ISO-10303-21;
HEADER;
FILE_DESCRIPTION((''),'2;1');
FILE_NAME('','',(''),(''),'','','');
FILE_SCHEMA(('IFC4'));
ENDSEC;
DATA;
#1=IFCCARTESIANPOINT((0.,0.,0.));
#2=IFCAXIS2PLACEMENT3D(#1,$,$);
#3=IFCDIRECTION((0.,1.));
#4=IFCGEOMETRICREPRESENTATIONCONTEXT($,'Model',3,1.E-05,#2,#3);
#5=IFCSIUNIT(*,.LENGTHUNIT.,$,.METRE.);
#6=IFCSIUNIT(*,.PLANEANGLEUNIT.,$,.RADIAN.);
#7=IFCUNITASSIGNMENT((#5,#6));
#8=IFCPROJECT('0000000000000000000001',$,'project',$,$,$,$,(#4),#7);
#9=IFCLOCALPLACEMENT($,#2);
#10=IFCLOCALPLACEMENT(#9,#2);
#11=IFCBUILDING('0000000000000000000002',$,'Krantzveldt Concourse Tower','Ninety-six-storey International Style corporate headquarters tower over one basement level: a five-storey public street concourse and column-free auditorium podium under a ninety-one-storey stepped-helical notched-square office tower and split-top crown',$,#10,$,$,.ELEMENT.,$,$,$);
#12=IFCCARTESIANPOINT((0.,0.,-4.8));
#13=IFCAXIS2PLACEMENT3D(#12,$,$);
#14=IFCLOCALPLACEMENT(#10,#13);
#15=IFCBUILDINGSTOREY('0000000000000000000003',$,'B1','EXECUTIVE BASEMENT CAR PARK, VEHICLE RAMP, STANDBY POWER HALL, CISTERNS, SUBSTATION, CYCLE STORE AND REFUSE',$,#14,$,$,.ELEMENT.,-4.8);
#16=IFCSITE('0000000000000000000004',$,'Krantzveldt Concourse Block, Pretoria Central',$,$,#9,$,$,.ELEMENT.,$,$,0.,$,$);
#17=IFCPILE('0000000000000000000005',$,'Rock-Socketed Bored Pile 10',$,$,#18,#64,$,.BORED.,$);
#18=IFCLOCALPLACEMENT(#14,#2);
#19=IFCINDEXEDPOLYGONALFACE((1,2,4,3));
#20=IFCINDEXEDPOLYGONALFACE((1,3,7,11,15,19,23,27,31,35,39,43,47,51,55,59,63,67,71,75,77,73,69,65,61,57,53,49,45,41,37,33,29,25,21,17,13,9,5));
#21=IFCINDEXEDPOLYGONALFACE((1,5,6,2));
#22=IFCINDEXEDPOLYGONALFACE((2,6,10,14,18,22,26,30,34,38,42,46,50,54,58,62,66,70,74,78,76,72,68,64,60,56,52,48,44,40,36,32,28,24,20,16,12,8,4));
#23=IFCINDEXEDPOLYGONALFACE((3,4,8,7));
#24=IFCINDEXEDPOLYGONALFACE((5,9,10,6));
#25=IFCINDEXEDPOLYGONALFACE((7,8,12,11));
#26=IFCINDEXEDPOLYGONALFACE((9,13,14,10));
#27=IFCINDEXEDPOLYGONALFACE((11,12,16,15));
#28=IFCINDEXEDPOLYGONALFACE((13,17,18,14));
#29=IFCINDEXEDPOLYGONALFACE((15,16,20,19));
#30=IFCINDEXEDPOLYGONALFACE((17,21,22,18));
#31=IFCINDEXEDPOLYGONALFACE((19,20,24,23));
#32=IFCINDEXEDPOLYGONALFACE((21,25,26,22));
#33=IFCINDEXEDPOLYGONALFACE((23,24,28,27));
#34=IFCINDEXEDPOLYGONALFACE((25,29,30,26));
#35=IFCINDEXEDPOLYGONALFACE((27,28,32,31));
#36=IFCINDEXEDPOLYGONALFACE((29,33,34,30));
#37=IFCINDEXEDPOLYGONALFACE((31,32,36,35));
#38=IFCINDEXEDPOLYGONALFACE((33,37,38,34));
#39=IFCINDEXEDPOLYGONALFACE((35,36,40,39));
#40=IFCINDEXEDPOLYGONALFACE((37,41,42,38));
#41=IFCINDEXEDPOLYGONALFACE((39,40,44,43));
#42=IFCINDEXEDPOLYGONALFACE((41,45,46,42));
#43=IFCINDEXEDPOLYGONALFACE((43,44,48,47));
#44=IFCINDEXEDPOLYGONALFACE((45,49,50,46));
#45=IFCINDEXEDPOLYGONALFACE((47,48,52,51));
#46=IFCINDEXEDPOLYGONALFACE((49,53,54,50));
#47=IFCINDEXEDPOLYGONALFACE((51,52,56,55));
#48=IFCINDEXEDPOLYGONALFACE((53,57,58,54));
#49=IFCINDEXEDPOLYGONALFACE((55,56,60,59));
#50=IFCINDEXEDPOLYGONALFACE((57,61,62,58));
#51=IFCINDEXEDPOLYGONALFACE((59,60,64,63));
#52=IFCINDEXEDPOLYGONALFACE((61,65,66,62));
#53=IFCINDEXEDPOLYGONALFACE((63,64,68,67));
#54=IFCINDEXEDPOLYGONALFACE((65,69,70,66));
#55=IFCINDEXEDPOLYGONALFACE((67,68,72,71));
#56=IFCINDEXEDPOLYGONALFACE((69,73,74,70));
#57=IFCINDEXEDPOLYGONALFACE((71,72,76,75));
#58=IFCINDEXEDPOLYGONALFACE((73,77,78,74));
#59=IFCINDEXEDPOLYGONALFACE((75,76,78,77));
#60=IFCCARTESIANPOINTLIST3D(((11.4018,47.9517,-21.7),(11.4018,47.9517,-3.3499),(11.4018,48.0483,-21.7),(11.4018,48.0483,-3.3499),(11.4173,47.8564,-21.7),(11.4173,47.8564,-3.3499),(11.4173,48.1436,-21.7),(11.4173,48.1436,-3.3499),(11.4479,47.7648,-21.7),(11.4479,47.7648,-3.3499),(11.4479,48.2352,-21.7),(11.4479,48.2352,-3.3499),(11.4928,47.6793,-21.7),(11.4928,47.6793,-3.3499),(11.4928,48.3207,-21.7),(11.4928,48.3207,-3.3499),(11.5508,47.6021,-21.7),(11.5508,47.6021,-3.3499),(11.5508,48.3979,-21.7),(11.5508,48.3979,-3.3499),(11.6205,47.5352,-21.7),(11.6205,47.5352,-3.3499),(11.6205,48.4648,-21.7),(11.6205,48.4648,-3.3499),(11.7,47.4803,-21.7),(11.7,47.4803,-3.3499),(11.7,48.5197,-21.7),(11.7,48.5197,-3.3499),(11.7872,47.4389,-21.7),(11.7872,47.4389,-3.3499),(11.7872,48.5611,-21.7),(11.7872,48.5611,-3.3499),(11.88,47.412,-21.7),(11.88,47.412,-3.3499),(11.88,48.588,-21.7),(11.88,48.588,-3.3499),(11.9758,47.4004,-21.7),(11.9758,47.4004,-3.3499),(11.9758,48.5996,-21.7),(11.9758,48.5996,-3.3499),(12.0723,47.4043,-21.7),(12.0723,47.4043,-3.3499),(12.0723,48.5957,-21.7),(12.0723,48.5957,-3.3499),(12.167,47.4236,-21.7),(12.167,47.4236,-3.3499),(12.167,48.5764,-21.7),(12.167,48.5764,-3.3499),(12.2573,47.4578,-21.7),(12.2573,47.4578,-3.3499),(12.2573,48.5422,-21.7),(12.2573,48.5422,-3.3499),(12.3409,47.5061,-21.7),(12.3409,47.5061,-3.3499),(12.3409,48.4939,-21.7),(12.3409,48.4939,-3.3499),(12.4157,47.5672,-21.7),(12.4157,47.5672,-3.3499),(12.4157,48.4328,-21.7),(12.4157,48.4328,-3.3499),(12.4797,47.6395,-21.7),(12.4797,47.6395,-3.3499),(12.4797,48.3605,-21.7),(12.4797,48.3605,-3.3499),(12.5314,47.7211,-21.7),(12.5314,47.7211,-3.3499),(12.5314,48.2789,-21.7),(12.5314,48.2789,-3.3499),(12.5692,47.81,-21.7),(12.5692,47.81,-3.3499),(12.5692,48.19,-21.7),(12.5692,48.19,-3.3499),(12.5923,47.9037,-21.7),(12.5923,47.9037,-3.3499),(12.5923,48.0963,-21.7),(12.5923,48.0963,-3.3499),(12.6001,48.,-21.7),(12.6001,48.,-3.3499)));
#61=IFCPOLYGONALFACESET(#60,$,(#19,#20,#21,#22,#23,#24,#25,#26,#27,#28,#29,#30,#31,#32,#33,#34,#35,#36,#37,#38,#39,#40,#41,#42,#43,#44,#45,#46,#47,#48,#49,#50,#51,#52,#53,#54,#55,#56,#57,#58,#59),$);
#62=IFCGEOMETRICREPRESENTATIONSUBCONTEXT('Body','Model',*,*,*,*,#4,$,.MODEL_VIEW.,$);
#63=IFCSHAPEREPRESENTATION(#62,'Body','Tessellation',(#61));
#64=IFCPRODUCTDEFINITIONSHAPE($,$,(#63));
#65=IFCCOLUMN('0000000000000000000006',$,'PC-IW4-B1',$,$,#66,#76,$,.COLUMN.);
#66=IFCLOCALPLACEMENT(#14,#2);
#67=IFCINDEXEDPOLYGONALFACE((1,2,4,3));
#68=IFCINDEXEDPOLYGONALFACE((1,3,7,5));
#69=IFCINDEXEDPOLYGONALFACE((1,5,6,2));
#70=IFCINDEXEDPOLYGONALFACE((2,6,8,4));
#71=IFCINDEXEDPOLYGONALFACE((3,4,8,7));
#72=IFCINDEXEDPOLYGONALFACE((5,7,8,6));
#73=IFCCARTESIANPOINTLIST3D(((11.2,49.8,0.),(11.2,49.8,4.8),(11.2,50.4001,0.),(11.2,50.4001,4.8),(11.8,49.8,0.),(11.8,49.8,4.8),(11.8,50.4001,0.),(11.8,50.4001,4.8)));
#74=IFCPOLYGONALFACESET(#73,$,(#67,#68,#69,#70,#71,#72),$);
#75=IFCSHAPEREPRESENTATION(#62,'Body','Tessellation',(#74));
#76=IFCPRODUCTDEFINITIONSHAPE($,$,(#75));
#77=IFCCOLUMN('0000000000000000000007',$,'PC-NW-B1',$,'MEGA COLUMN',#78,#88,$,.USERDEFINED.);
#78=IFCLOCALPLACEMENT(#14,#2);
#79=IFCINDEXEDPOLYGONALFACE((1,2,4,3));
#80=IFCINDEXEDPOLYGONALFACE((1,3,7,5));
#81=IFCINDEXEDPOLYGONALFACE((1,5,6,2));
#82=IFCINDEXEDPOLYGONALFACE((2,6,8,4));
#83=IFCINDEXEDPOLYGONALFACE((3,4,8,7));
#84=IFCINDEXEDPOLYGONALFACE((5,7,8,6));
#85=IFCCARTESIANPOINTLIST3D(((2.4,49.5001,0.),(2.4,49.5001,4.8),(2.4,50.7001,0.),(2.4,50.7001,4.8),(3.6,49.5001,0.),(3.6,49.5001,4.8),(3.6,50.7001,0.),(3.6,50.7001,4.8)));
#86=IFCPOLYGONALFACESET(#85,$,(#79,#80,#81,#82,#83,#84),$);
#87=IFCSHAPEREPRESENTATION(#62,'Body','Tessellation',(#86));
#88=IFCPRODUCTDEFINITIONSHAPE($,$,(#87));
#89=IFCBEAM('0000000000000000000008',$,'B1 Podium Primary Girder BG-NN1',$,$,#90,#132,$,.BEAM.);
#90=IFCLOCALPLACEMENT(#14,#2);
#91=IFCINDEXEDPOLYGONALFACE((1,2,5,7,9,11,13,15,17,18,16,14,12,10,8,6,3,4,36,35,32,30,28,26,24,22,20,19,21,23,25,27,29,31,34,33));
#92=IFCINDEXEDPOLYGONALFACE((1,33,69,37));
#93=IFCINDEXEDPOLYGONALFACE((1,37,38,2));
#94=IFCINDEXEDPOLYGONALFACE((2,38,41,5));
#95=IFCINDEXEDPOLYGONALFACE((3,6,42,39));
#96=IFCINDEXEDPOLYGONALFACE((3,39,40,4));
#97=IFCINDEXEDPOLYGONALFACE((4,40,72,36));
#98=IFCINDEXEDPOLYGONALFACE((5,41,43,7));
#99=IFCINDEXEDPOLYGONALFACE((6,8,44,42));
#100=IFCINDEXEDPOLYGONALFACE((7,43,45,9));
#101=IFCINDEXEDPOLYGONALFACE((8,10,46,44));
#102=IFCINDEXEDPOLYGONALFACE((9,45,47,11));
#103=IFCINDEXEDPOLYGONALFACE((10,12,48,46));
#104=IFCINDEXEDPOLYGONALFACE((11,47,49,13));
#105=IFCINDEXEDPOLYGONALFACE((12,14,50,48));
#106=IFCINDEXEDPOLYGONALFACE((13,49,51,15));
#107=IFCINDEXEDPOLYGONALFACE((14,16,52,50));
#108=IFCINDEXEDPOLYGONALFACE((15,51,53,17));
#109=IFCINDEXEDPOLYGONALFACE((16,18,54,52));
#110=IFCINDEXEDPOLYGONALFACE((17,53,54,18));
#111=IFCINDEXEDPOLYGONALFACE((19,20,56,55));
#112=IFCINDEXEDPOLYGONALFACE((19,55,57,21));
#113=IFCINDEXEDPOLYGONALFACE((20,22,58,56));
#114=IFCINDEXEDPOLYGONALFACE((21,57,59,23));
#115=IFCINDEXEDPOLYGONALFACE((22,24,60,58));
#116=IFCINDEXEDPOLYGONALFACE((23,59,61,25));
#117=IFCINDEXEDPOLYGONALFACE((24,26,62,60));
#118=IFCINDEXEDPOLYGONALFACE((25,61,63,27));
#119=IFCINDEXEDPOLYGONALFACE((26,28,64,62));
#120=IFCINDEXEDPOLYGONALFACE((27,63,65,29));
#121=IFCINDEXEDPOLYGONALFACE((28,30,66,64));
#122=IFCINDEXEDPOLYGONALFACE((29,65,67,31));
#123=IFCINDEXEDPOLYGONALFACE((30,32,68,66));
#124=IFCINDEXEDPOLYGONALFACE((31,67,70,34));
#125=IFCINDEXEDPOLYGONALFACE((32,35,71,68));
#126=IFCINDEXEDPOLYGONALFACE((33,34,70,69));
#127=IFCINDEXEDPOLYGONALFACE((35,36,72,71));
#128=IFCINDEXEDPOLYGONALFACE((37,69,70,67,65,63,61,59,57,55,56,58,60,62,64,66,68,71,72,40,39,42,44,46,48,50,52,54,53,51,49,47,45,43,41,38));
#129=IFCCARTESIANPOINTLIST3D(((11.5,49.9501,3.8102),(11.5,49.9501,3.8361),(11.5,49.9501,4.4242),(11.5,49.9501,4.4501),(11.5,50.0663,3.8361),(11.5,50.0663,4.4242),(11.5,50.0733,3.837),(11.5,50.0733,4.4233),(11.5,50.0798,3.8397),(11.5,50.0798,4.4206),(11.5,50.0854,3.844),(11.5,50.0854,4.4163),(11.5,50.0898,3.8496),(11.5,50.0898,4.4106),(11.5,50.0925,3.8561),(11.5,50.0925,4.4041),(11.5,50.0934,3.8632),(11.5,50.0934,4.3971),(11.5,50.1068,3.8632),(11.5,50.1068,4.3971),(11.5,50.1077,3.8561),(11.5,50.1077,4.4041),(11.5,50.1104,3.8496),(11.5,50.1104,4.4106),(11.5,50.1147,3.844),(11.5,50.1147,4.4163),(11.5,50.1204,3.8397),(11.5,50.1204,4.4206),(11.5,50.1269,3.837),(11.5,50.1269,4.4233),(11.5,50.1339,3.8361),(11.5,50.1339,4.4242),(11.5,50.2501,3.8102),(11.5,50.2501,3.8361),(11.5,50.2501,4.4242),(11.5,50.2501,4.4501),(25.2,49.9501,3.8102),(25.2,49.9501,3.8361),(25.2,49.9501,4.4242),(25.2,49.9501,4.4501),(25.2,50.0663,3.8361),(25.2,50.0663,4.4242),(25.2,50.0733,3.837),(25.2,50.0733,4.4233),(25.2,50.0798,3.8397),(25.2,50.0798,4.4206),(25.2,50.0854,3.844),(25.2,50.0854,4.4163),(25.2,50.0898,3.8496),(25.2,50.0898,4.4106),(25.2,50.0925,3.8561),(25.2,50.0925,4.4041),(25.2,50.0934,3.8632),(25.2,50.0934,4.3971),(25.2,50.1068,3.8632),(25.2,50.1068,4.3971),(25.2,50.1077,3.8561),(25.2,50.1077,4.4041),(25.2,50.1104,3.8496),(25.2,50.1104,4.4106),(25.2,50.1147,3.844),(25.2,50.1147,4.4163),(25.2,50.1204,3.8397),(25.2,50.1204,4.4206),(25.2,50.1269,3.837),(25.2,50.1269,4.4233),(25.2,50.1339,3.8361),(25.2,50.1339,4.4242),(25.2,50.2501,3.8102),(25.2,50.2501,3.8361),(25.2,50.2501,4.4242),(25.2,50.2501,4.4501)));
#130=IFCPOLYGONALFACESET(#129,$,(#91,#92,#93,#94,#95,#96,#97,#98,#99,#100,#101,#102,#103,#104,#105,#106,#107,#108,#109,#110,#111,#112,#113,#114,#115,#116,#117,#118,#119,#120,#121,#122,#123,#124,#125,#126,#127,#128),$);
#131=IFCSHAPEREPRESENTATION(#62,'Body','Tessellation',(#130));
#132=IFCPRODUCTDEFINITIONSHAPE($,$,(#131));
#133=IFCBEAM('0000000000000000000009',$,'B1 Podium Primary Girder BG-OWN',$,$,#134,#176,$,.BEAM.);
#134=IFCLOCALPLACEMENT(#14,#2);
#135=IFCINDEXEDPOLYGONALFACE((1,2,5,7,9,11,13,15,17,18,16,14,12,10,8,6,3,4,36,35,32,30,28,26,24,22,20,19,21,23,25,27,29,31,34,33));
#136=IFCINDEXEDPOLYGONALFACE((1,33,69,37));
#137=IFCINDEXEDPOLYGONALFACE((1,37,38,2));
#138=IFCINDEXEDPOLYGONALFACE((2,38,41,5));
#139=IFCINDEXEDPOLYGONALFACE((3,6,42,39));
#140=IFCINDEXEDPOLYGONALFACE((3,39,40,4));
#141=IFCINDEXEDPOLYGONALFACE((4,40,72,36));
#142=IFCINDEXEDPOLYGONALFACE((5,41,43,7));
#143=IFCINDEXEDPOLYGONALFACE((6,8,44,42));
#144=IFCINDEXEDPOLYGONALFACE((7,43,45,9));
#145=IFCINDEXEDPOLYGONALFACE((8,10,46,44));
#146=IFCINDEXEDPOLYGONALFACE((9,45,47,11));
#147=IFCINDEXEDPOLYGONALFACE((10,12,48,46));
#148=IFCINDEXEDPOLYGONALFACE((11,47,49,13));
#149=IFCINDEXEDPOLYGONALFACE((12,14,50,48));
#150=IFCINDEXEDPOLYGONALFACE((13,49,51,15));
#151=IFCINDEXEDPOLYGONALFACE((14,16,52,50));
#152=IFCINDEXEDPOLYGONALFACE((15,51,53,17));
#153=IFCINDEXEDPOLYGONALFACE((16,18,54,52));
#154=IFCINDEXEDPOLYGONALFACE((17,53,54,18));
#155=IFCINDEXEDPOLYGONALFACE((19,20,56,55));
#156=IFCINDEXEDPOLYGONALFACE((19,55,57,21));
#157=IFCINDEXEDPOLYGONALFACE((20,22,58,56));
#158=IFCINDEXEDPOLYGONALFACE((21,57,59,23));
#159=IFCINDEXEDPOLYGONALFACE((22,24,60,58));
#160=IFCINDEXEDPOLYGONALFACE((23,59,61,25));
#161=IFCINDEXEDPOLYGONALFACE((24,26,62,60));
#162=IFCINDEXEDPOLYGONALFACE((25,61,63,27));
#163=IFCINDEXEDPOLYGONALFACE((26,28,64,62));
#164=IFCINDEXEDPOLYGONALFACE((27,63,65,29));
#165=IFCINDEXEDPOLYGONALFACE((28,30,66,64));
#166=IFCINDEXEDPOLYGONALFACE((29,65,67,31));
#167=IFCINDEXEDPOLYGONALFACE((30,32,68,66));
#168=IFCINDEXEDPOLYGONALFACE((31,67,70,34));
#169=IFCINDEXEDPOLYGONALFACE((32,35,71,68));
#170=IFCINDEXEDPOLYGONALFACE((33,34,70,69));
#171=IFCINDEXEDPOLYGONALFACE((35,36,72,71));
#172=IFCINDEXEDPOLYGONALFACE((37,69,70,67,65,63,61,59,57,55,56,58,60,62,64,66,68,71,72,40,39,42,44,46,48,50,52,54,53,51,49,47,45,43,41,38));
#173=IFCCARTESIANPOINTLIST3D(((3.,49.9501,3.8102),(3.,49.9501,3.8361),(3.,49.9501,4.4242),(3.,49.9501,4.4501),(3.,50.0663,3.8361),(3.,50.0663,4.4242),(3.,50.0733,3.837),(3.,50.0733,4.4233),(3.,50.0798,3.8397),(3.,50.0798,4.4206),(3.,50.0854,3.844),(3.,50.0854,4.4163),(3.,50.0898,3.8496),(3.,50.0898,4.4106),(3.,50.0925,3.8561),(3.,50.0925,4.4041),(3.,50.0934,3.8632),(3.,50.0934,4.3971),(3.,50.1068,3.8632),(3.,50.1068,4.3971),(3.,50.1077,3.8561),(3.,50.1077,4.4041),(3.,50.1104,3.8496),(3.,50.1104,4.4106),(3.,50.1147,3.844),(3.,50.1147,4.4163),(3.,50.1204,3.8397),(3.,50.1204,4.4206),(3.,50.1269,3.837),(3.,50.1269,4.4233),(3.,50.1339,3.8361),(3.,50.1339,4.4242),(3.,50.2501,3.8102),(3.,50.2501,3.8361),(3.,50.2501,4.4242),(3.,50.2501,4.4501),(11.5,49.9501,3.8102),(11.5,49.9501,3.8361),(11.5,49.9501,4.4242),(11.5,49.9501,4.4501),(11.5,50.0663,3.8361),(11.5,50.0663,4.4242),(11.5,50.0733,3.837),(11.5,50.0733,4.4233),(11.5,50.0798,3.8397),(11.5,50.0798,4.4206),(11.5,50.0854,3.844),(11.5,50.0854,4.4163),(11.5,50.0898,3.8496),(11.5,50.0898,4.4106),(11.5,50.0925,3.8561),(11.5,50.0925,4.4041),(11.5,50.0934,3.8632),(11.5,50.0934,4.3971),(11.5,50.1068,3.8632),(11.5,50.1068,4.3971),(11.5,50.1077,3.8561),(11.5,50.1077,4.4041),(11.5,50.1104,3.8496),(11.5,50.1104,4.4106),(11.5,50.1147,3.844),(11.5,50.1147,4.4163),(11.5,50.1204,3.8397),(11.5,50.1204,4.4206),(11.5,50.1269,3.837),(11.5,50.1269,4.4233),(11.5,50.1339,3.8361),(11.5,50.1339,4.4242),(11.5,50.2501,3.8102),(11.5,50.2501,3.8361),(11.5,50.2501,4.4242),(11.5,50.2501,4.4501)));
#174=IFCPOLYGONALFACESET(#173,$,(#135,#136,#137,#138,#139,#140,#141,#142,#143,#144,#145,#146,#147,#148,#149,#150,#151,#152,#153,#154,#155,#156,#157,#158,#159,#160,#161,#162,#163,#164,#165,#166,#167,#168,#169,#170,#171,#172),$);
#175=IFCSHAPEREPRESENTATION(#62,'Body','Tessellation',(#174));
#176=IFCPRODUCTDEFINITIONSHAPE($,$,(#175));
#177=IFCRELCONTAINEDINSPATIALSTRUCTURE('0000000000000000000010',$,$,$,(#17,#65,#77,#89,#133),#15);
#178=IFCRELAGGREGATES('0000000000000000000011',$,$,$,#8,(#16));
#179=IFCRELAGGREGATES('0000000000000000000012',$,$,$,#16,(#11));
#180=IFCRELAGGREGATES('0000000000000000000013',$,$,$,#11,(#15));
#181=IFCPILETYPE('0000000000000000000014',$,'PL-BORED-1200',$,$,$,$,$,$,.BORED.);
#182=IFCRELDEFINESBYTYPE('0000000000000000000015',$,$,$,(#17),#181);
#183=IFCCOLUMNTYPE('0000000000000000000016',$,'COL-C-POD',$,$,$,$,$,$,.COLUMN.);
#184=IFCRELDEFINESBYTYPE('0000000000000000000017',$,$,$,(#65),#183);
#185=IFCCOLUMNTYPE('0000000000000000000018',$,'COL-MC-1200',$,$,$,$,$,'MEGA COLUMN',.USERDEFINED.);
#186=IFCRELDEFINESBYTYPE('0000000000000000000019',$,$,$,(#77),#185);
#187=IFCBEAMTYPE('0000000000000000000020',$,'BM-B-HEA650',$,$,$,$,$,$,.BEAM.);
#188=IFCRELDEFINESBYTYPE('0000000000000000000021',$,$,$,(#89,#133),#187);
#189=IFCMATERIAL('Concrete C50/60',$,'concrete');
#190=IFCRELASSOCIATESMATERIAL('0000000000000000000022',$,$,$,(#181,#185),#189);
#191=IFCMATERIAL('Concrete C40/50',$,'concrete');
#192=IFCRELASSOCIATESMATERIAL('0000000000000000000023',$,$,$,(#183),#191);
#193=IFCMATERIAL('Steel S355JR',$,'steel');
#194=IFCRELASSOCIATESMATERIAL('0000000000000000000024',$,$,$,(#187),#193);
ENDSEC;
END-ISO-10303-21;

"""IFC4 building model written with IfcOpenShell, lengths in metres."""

from ifc_helpers import new_model, si_unit, direction, frame, origin, origin_2d, place, context, subcontext, project, spatial, rectangle, circle, i_section, extrude, source, transform, mapped, material, material_profile, profile_set, type_object, type_shapes, element, save


model = new_model("IFC4")

# Units and contexts
model_context = context("Model", 3, precision=1e-05, world=origin(), true_north=direction((0.0, 1.0)))
body_context = subcontext(model_context, "Body", "Model", "MODEL_VIEW")
ifc_project = project(units=[si_unit("LENGTHUNIT", "METRE"), si_unit("PLANEANGLEUNIT", "RADIAN")], contexts=[model_context])

# Site, building, storey
site_placement = place(None, origin())
site = spatial("IfcSite", under=ifc_project, at=site_placement, Name="Krantzveldt Concourse Block, Pretoria Central", CompositionType="ELEMENT", RefElevation=0.0)
building_placement = place(site_placement, origin())
building = spatial("IfcBuilding", under=site, at=building_placement, Name="Krantzveldt Concourse Tower", Description="Ninety-six-storey International Style corporate headquarters tower over one basement level: a five-storey public street concourse and column-free auditorium podium under a ninety-one-storey stepped-helical notched-square office tower and split-top crown", CompositionType="ELEMENT")
storey_placement = place(building_placement, frame((0.0, 0.0, -4.8)))
storey = spatial("IfcBuildingStorey", under=building, at=storey_placement, Name="B1", Description="EXECUTIVE BASEMENT CAR PARK, VEHICLE RAMP, STANDBY POWER HALL, CISTERNS, SUBSTATION, CYCLE STORE AND REFUSE", CompositionType="ELEMENT", Elevation=-4.8)

# Shared definitions
ifc_material_1 = material(Name="Concrete C50/60", Category="concrete")
ifc_material_profile_1 = material_profile(ifc_material_1, circle(Radius=0.6001, at=origin_2d()), Name="Concrete C50/60", Category="concrete")
ifc_profile_set_1 = profile_set([ifc_material_profile_1], Name="Concrete C50/60 - PILE D1200")
pile_type = type_object("IfcPileType", Name="PL-BORED-1200", PredefinedType="BORED", material=ifc_profile_set_1)

# Shared definitions
ifc_material_2 = material(Name="Concrete C40/50", Category="concrete")

# Pile
shared_shape_1 = source(origin(), body_context, "Body", "SweptSolid", [
    extrude(circle(Radius=0.6001, at=origin_2d()), origin(), (0.0, 0.0, 1.0), 18.3501),
])
for number, where, z_axis, x_axis, name in (
    (1, (12.0, 48.0, -3.3499), (0.0, 0.0, -1.0), (1.0, 0.0, 0.0), "Rock-Socketed Bored Pile 10"),
):
    element("IfcPile", number, at=place(storey_placement, frame(where, z_axis=z_axis, x_axis=x_axis)), inside=storey, type_object=pile_type, Name=name, PredefinedType="BORED", context=body_context, shape_type="MappedRepresentation", body=[
        mapped(shared_shape_1, transform((0.0, 0.0, 0.0), x_axis=(1.0, 0.0, 0.0), y_axis=(0.0, 1.0, 0.0), z_axis=(0.0, 0.0, 1.0), scale=1.0)),
    ])

# Columns
ifc_material_profile_2 = material_profile(ifc_material_2, rectangle(XDim=0.6001, YDim=0.6001, at=origin_2d()), Name="Concrete C40/50", Category="concrete")
ifc_profile_set_2 = profile_set([ifc_material_profile_2], Name="Concrete C40/50 - RC 600x600")
column_type_1 = type_object("IfcColumnType", Name="COL-C-POD", PredefinedType="COLUMN", material=ifc_profile_set_2)
shared_shape_2 = source(origin(), body_context, "Body", "SweptSolid", [
    extrude(rectangle(XDim=0.6001, YDim=0.6001, at=origin_2d()), origin(), (0.0, 0.0, 1.0), 4.8),
])
type_shapes(column_type_1, [shared_shape_2])
column_1_placement = place(storey_placement, frame((11.5, 50.1001, 0.0), z_axis=(0.0, 0.0, 1.0), x_axis=(1.0, 0.0, 0.0)))
element("IfcColumn", 2, at=column_1_placement, inside=storey, type_object=column_type_1, Name="PC-IW4-B1", PredefinedType="COLUMN", context=body_context, shape_type="MappedRepresentation", body=[
    mapped(shared_shape_2, transform((0.0, 0.0, 0.0), x_axis=(1.0, 0.0, 0.0), y_axis=(0.0, 1.0, 0.0), z_axis=(0.0, 0.0, 1.0), scale=1.0)),
])
ifc_material_profile_3 = material_profile(ifc_material_1, rectangle(XDim=1.2, YDim=1.2, at=origin_2d()), Name="Concrete C50/60", Category="concrete")
ifc_profile_set_3 = profile_set([ifc_material_profile_3], Name="Concrete C50/60 - RC 1200x1200")
column_type_2 = type_object("IfcColumnType", Name="COL-MC-1200", ElementType="MEGA COLUMN", PredefinedType="USERDEFINED", material=ifc_profile_set_3)
shared_shape_3 = source(origin(), body_context, "Body", "SweptSolid", [
    extrude(rectangle(XDim=1.2, YDim=1.2, at=origin_2d()), origin(), (0.0, 0.0, 1.0), 4.8),
])
type_shapes(column_type_2, [shared_shape_3])
column_2_placement = place(storey_placement, frame((3.0, 50.1001, 0.0), z_axis=(0.0, 0.0, 1.0), x_axis=(1.0, 0.0, 0.0)))
element("IfcColumn", 3, at=column_2_placement, inside=storey, type_object=column_type_2, Name="PC-NW-B1", ObjectType="MEGA COLUMN", PredefinedType="USERDEFINED", context=body_context, shape_type="MappedRepresentation", body=[
    mapped(shared_shape_3, transform((0.0, 0.0, 0.0), x_axis=(1.0, 0.0, 0.0), y_axis=(0.0, 1.0, 0.0), z_axis=(0.0, 0.0, 1.0), scale=1.0)),
])

# Beams
ifc_material_3 = material(Name="Steel S355JR", Category="steel")
ifc_material_profile_4 = material_profile(ifc_material_3, i_section(OverallWidth=0.3, OverallDepth=0.6399, WebThickness=0.0134, FlangeThickness=0.0259, FilletRadius=0.0271, at=origin_2d()), Name="Steel S355JR", Category="steel")
ifc_profile_set_4 = profile_set([ifc_material_profile_4], Name="Steel S355JR - HEA 650")
beam_type = type_object("IfcBeamType", Name="BM-B-HEA650", PredefinedType="BEAM", material=ifc_profile_set_4)
shared_shape_4 = source(origin(), body_context, "Body", "SweptSolid", [
    extrude(i_section(OverallWidth=0.3, OverallDepth=0.6399, WebThickness=0.0134, FlangeThickness=0.0259, FilletRadius=0.0271, at=origin_2d()), origin(), (0.0, 0.0, 1.0), 13.7),
])
beam_1_placement = place(storey_placement, frame((11.5, 50.1001, 4.1301), z_axis=(1.0, 0.0, 0.0), x_axis=(0.0, 1.0, 0.0)))
element("IfcBeam", 4, at=beam_1_placement, inside=storey, type_object=beam_type, Name="B1 Podium Primary Girder BG-NN1", PredefinedType="BEAM", context=body_context, shape_type="MappedRepresentation", body=[
    mapped(shared_shape_4, transform((0.0, 0.0, 0.0), x_axis=(1.0, 0.0, 0.0), y_axis=(0.0, 1.0, 0.0), z_axis=(0.0, 0.0, 1.0), scale=1.0)),
])
shared_shape_5 = source(origin(), body_context, "Body", "SweptSolid", [
    extrude(i_section(OverallWidth=0.3, OverallDepth=0.6399, WebThickness=0.0134, FlangeThickness=0.0259, FilletRadius=0.0271, at=origin_2d()), origin(), (0.0, 0.0, 1.0), 8.5),
])
type_shapes(beam_type, [shared_shape_4, shared_shape_5])
beam_2_placement = place(storey_placement, frame((3.0, 50.1001, 4.1301), z_axis=(1.0, 0.0, 0.0), x_axis=(0.0, 1.0, 0.0)))
element("IfcBeam", 5, at=beam_2_placement, inside=storey, type_object=beam_type, Name="B1 Podium Primary Girder BG-OWN", PredefinedType="BEAM", context=body_context, shape_type="MappedRepresentation", body=[
    mapped(shared_shape_5, transform((0.0, 0.0, 0.0), x_axis=(1.0, 0.0, 0.0), y_axis=(0.0, 1.0, 0.0), z_axis=(0.0, 0.0, 1.0), scale=1.0)),
])

save(model, "model.ifc")
